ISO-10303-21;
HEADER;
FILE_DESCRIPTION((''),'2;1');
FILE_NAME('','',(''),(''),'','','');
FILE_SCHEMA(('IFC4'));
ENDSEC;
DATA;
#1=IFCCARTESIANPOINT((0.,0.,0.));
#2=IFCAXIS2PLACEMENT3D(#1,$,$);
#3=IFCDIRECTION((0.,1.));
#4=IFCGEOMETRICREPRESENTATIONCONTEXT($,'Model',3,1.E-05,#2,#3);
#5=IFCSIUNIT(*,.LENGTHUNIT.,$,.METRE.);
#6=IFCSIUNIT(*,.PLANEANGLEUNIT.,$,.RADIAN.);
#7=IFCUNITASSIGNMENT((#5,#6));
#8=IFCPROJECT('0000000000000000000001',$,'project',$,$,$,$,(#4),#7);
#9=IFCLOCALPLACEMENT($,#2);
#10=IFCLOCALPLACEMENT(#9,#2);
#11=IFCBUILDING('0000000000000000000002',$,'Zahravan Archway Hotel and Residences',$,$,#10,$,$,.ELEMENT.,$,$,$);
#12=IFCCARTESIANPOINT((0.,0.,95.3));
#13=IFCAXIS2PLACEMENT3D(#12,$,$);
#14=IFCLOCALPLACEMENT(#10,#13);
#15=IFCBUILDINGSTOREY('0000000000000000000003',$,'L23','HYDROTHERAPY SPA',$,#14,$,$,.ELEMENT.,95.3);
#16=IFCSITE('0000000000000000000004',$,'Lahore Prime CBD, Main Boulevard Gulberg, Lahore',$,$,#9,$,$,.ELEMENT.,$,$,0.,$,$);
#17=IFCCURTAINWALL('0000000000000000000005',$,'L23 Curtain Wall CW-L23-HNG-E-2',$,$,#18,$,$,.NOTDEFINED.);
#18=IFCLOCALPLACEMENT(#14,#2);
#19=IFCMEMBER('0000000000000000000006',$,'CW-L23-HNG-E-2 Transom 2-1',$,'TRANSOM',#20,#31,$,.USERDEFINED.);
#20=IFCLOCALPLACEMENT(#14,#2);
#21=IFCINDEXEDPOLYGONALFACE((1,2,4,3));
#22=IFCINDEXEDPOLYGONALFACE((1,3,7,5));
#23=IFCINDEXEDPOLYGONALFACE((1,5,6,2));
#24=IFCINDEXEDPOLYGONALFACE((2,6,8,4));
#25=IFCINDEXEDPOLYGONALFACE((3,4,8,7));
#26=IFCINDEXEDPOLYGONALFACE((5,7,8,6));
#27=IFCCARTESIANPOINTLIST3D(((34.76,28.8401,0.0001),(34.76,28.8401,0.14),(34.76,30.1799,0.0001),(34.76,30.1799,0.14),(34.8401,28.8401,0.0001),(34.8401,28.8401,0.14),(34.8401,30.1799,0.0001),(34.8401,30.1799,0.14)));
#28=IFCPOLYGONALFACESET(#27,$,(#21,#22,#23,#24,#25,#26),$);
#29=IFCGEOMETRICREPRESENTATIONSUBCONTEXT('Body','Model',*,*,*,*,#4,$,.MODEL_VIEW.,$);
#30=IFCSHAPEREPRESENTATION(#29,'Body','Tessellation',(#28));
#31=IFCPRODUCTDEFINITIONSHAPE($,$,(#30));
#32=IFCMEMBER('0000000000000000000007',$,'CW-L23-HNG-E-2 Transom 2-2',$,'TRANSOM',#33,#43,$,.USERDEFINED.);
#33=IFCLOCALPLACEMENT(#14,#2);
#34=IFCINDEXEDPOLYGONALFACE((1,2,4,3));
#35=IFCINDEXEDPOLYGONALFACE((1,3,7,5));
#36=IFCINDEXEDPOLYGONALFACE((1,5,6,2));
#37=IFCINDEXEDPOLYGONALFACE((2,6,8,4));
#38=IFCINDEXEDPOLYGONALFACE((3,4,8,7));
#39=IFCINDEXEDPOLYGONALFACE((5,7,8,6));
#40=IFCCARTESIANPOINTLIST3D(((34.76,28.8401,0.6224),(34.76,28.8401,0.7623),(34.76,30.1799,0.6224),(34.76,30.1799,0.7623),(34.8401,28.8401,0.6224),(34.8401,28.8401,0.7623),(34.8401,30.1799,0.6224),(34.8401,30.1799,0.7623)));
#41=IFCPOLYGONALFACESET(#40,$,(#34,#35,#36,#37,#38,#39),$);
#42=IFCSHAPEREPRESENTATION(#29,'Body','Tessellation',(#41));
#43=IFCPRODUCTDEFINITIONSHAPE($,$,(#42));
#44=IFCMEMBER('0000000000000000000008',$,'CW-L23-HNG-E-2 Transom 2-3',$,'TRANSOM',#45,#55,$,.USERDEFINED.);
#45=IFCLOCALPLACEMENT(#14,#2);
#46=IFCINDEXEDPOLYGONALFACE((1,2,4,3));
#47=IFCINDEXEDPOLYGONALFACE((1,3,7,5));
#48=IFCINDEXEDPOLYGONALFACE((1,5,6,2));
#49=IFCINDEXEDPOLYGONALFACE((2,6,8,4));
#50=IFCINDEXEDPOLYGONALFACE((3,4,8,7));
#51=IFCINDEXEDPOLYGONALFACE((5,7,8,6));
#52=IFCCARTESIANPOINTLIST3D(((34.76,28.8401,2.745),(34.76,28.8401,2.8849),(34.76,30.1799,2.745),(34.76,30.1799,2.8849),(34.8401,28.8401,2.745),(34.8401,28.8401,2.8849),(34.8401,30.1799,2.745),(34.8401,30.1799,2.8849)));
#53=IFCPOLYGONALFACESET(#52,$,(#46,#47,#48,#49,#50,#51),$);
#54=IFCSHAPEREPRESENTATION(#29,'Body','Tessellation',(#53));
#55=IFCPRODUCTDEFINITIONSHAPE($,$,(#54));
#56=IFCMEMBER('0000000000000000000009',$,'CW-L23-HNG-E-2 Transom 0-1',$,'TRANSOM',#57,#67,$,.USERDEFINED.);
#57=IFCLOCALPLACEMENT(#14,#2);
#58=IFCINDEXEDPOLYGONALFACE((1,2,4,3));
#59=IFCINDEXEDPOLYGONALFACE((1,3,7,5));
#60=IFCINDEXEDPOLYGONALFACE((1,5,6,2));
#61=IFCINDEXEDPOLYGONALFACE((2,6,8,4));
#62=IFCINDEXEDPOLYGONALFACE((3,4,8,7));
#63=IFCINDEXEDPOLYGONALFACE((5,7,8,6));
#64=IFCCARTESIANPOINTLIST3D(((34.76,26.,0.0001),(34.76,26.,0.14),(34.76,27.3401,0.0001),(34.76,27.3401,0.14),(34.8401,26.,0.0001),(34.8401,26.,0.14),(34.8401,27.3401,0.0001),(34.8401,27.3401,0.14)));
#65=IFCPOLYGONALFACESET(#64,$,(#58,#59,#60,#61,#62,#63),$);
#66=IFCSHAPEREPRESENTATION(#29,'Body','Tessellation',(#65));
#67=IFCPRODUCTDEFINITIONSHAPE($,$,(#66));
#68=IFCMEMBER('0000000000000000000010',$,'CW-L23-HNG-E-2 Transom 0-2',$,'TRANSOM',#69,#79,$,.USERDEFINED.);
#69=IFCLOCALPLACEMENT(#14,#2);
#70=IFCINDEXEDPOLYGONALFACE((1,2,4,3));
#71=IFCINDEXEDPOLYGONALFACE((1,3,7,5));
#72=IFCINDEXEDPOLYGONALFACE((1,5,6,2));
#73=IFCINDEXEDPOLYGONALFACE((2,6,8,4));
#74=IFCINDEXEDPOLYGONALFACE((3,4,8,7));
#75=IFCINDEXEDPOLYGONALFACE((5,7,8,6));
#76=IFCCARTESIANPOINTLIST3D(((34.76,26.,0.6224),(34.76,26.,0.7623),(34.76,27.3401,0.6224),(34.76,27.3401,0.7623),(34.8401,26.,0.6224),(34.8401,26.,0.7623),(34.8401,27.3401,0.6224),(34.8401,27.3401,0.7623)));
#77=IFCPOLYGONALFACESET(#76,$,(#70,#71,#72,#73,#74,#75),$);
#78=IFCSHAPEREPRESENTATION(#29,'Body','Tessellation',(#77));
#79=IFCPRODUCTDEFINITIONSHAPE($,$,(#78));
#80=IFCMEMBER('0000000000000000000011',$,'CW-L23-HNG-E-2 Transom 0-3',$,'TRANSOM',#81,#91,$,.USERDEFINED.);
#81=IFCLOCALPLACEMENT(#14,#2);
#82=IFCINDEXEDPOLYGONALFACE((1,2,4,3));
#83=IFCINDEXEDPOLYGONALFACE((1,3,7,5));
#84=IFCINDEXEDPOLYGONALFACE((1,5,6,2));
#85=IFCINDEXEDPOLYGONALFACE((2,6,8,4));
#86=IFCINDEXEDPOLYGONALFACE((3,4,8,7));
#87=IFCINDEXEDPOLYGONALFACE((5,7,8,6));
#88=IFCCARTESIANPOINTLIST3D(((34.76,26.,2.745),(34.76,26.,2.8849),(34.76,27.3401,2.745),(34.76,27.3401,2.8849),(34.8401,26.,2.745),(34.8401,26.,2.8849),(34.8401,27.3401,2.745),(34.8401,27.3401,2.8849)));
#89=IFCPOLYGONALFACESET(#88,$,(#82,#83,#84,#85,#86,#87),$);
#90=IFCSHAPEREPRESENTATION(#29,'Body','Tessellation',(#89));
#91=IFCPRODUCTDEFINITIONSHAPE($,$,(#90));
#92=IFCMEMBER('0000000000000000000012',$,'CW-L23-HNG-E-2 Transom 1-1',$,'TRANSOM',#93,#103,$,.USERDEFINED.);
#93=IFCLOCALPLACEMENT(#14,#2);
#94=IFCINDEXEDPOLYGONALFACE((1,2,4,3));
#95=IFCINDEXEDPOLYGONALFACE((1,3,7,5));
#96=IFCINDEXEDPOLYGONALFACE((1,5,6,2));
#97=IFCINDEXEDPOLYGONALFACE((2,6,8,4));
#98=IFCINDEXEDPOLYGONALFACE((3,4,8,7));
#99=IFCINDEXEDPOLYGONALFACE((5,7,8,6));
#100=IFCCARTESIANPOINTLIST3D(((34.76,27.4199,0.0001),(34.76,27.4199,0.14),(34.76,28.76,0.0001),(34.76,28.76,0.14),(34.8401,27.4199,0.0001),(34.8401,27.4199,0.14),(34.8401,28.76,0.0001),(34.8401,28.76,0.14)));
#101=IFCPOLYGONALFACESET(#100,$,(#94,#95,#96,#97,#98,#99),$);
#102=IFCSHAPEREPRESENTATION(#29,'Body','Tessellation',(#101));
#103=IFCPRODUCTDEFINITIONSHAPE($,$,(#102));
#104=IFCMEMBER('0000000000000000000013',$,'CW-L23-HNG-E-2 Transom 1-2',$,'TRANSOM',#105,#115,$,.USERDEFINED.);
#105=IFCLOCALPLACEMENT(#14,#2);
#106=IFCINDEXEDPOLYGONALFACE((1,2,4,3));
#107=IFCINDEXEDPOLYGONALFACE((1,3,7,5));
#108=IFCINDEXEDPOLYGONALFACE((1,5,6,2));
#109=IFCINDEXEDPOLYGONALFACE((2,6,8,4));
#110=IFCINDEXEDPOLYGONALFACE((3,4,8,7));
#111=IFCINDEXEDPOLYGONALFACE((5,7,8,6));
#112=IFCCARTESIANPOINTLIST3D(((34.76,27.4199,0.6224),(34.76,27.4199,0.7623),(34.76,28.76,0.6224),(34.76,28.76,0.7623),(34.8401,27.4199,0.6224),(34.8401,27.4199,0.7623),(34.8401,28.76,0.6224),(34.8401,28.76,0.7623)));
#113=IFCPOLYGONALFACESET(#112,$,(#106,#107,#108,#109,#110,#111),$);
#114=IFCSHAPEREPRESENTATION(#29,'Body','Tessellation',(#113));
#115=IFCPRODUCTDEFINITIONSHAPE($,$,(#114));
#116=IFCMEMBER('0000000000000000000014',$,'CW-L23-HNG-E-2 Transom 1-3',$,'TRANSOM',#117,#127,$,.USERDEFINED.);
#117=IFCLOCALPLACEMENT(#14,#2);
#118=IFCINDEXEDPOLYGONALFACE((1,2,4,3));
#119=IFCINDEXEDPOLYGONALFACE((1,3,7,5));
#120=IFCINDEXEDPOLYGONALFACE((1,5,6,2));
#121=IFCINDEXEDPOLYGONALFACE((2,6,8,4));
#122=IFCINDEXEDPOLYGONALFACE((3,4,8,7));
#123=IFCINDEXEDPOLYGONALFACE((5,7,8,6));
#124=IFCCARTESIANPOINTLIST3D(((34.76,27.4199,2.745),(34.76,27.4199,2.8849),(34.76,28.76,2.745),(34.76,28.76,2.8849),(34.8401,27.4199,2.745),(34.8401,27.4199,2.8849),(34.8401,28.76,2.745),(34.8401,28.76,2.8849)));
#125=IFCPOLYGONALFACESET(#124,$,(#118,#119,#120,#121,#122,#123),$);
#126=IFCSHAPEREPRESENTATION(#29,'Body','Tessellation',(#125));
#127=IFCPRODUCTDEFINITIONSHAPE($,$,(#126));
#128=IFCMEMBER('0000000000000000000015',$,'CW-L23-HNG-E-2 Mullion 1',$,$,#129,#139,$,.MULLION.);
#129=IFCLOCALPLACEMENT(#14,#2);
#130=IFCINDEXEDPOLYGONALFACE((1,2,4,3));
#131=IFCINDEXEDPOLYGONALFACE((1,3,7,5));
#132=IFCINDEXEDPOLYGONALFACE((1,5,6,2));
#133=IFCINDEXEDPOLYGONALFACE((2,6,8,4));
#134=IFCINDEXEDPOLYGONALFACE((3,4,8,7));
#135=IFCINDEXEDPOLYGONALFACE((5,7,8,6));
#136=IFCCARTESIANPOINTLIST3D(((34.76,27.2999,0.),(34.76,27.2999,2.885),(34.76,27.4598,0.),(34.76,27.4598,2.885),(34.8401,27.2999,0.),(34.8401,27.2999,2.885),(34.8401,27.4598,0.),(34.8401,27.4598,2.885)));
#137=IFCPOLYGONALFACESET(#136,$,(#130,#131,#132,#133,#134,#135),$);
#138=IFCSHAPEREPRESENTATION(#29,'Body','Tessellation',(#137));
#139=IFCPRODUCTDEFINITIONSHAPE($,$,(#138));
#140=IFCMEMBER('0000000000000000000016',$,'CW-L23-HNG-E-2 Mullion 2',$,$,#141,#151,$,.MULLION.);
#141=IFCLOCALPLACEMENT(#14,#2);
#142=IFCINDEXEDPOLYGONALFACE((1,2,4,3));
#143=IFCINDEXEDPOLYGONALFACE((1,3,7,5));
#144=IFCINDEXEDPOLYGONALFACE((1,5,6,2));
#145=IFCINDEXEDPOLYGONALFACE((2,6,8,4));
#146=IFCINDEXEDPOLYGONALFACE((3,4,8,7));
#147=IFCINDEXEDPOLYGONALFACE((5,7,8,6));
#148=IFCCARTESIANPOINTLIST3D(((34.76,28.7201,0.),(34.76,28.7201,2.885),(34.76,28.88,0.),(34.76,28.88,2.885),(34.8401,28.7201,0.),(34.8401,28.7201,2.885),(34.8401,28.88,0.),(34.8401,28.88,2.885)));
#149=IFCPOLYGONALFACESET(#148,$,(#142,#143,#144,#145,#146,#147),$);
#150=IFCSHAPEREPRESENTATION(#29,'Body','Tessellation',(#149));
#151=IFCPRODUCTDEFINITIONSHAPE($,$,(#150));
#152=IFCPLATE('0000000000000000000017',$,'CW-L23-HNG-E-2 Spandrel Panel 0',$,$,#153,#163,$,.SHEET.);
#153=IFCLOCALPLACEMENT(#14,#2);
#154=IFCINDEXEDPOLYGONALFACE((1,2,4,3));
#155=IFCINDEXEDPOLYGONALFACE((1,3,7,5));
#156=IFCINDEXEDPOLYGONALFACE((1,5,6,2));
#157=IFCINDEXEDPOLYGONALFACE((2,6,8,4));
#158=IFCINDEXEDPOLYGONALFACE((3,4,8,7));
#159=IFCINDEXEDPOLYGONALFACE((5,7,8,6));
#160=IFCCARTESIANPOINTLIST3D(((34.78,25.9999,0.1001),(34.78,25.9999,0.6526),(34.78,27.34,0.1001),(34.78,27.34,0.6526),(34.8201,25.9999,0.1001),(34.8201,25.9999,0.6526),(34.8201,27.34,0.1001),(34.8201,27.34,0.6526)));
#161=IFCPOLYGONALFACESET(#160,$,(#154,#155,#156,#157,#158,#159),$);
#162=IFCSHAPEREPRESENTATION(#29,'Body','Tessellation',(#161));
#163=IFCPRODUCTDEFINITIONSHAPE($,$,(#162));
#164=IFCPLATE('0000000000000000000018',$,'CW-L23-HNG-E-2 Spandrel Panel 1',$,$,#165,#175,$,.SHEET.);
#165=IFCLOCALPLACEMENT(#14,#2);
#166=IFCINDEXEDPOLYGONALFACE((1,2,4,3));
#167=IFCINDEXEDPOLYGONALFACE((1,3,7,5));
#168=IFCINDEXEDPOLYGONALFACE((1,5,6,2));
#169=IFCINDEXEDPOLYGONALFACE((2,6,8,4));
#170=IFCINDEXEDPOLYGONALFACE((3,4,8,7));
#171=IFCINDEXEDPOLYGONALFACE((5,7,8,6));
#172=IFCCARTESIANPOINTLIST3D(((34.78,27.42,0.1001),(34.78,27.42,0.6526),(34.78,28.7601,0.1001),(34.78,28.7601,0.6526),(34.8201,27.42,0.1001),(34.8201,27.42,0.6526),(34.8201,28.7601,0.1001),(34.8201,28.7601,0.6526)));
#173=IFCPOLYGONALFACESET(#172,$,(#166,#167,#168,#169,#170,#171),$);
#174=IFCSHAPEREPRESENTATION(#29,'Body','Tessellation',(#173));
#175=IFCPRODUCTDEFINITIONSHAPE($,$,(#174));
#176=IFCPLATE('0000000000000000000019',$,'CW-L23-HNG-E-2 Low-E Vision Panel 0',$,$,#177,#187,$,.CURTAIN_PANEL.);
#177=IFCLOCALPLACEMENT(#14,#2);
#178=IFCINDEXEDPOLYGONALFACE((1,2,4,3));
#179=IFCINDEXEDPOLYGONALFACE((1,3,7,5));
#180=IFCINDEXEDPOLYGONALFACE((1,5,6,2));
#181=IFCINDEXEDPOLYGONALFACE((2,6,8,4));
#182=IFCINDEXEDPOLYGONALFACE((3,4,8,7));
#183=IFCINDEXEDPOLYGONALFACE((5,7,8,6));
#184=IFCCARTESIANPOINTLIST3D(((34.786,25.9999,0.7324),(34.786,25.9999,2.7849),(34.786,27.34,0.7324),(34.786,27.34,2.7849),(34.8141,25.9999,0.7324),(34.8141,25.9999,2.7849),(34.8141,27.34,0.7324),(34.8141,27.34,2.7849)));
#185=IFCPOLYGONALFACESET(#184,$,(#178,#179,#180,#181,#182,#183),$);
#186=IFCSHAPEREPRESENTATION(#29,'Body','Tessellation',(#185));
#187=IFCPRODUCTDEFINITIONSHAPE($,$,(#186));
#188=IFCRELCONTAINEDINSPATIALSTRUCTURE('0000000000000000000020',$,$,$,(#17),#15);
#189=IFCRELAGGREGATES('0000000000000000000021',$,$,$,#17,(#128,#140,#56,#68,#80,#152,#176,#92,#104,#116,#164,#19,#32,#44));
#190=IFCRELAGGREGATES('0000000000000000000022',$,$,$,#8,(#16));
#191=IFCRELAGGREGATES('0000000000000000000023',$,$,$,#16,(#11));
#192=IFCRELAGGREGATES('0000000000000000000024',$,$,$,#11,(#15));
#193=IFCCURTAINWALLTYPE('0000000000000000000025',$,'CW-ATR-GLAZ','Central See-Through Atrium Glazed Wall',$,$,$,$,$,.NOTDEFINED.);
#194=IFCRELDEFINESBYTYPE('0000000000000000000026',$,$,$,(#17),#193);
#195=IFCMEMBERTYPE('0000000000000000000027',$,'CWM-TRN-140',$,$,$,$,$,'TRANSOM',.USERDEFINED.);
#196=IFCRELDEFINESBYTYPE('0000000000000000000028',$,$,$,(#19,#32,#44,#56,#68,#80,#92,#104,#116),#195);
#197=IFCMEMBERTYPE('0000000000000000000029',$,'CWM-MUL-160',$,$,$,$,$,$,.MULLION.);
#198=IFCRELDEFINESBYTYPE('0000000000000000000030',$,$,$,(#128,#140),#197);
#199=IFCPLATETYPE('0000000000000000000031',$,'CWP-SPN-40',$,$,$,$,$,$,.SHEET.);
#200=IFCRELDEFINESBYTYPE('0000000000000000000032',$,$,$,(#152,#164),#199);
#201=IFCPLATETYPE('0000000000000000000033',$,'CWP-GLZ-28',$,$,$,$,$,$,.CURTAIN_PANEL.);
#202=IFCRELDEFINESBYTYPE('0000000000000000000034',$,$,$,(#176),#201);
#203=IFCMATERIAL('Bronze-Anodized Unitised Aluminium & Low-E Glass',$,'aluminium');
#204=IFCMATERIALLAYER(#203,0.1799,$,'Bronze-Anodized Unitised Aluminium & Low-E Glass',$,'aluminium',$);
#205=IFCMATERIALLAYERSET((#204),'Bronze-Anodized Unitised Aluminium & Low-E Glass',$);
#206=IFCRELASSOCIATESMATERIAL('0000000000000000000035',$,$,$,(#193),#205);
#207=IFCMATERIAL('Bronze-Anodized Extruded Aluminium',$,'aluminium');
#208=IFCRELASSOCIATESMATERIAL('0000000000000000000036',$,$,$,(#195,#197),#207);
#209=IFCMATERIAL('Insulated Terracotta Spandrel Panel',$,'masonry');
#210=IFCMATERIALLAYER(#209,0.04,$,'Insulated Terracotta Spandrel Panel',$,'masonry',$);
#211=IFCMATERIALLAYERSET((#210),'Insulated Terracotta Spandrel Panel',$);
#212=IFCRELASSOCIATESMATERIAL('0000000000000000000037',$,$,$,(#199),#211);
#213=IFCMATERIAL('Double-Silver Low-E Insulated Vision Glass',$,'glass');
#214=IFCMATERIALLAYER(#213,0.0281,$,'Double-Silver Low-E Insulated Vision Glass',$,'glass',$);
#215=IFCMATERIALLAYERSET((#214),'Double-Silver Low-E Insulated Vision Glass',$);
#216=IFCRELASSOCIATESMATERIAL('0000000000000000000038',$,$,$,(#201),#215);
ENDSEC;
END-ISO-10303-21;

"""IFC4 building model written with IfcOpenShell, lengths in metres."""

from ifc_helpers import new_model, si_unit, direction, frame, origin, origin_2d, place, context, subcontext, project, spatial, rectangle, extrude, source, transform, mapped, material, layer, layer_set, material_profile, profile_set, type_object, element, aggregate, save


model = new_model("IFC4")

# Units and contexts
model_context = context("Model", 3, precision=1e-05, world=origin(), true_north=direction((0.0, 1.0)))
body_context = subcontext(model_context, "Body", "Model", "MODEL_VIEW")
ifc_project = project(units=[si_unit("LENGTHUNIT", "METRE"), si_unit("PLANEANGLEUNIT", "RADIAN")], contexts=[model_context])

# Site, building, storey
site_placement = place(None, origin())
site = spatial("IfcSite", under=ifc_project, at=site_placement, Name="Lahore Prime CBD, Main Boulevard Gulberg, Lahore", CompositionType="ELEMENT", RefElevation=0.0)
building_placement = place(site_placement, origin())
building = spatial("IfcBuilding", under=site, at=building_placement, Name="Zahravan Archway Hotel and Residences", CompositionType="ELEMENT")
storey_placement = place(building_placement, frame((0.0, 0.0, 95.3)))
storey = spatial("IfcBuildingStorey", under=building, at=storey_placement, Name="L23", Description="HYDROTHERAPY SPA", CompositionType="ELEMENT", Elevation=95.3)

# Curtain wall, members, plates
ifc_material_1 = material(Name="Bronze-Anodized Unitised Aluminium & Low-E Glass", Category="aluminium")
ifc_layer_1 = layer(ifc_material_1, 0.1799, Name="Bronze-Anodized Unitised Aluminium & Low-E Glass", Category="aluminium")
ifc_layer_set_1 = layer_set([ifc_layer_1], Name="Bronze-Anodized Unitised Aluminium & Low-E Glass")
curtain_wall_type = type_object("IfcCurtainWallType", Name="CW-ATR-GLAZ", Description="Central See-Through Atrium Glazed Wall", PredefinedType="NOTDEFINED", material=ifc_layer_set_1)
curtain_wall_placement = place(storey_placement, origin())
curtain_wall = element("IfcCurtainWall", 1, at=curtain_wall_placement, inside=storey, type_object=curtain_wall_type, Name="L23 Curtain Wall CW-L23-HNG-E-2", PredefinedType="NOTDEFINED")
ifc_material_2 = material(Name="Bronze-Anodized Extruded Aluminium", Category="aluminium")
ifc_material_profile_1 = material_profile(ifc_material_2, rectangle(XDim=0.0801, YDim=0.1399, at=origin_2d()), Name="TRN 80x140", Category="aluminium")
ifc_profile_set_1 = profile_set([ifc_material_profile_1], Name="Bronze-Anodized Extruded Aluminium")
member_type_1 = type_object("IfcMemberType", Name="CWM-TRN-140", ElementType="TRANSOM", PredefinedType="USERDEFINED", material=ifc_profile_set_1)
shared_shape_1 = source(origin(), body_context, "Body", "SweptSolid", [
    extrude(rectangle(XDim=0.0801, YDim=0.1399, at=origin_2d()), origin(), (0.0, 0.0, 1.0), 1.3398),
])
member_1_placement = place(storey_placement, frame((34.8, 28.8401, 0.0701), z_axis=(0.0, 1.0, 0.0), x_axis=(-1.0, 0.0, 0.0)))
member_1 = element("IfcMember", 2, at=member_1_placement, type_object=member_type_1, Name="CW-L23-HNG-E-2 Transom 2-1", ObjectType="TRANSOM", PredefinedType="USERDEFINED", context=body_context, shape_type="MappedRepresentation", body=[
    mapped(shared_shape_1, transform((0.0, 0.0, 0.0), scale=1.0)),
])
member_2_placement = place(storey_placement, frame((34.8, 28.8401, 0.6924), z_axis=(0.0, 1.0, 0.0), x_axis=(-1.0, 0.0, 0.0)))
member_2 = element("IfcMember", 3, at=member_2_placement, type_object=member_type_1, Name="CW-L23-HNG-E-2 Transom 2-2", ObjectType="TRANSOM", PredefinedType="USERDEFINED", context=body_context, shape_type="MappedRepresentation", body=[
    mapped(shared_shape_1, transform((0.0, 0.0, 0.0), scale=1.0)),
])
member_3_placement = place(storey_placement, frame((34.8, 28.8401, 2.8149), z_axis=(0.0, 1.0, 0.0), x_axis=(-1.0, 0.0, 0.0)))
member_3 = element("IfcMember", 4, at=member_3_placement, type_object=member_type_1, Name="CW-L23-HNG-E-2 Transom 2-3", ObjectType="TRANSOM", PredefinedType="USERDEFINED", context=body_context, shape_type="MappedRepresentation", body=[
    mapped(shared_shape_1, transform((0.0, 0.0, 0.0), scale=1.0)),
])
shared_shape_2 = source(origin(), body_context, "Body", "SweptSolid", [
    extrude(rectangle(XDim=0.0801, YDim=0.1399, at=origin_2d()), origin(), (0.0, 0.0, 1.0), 1.3401),
])
member_4_placement = place(storey_placement, frame((34.8, 26.0, 0.0701), z_axis=(0.0, 1.0, 0.0), x_axis=(-1.0, 0.0, 0.0)))
member_4 = element("IfcMember", 5, at=member_4_placement, type_object=member_type_1, Name="CW-L23-HNG-E-2 Transom 0-1", ObjectType="TRANSOM", PredefinedType="USERDEFINED", context=body_context, shape_type="MappedRepresentation", body=[
    mapped(shared_shape_2, transform((0.0, 0.0, 0.0), scale=1.0)),
])
member_5_placement = place(storey_placement, frame((34.8, 26.0, 0.6924), z_axis=(0.0, 1.0, 0.0), x_axis=(-1.0, 0.0, 0.0)))
member_5 = element("IfcMember", 6, at=member_5_placement, type_object=member_type_1, Name="CW-L23-HNG-E-2 Transom 0-2", ObjectType="TRANSOM", PredefinedType="USERDEFINED", context=body_context, shape_type="MappedRepresentation", body=[
    mapped(shared_shape_2, transform((0.0, 0.0, 0.0), scale=1.0)),
])
member_6_placement = place(storey_placement, frame((34.8, 26.0, 2.8149), z_axis=(0.0, 1.0, 0.0), x_axis=(-1.0, 0.0, 0.0)))
member_6 = element("IfcMember", 7, at=member_6_placement, type_object=member_type_1, Name="CW-L23-HNG-E-2 Transom 0-3", ObjectType="TRANSOM", PredefinedType="USERDEFINED", context=body_context, shape_type="MappedRepresentation", body=[
    mapped(shared_shape_2, transform((0.0, 0.0, 0.0), scale=1.0)),
])
member_7_placement = place(storey_placement, frame((34.8, 27.4199, 0.0701), z_axis=(0.0, 1.0, 0.0), x_axis=(-1.0, 0.0, 0.0)))
member_7 = element("IfcMember", 8, at=member_7_placement, type_object=member_type_1, Name="CW-L23-HNG-E-2 Transom 1-1", ObjectType="TRANSOM", PredefinedType="USERDEFINED", context=body_context, shape_type="MappedRepresentation", body=[
    mapped(shared_shape_2, transform((0.0, 0.0, 0.0), scale=1.0)),
])
member_8_placement = place(storey_placement, frame((34.8, 27.4199, 0.6924), z_axis=(0.0, 1.0, 0.0), x_axis=(-1.0, 0.0, 0.0)))
member_8 = element("IfcMember", 9, at=member_8_placement, type_object=member_type_1, Name="CW-L23-HNG-E-2 Transom 1-2", ObjectType="TRANSOM", PredefinedType="USERDEFINED", context=body_context, shape_type="MappedRepresentation", body=[
    mapped(shared_shape_2, transform((0.0, 0.0, 0.0), scale=1.0)),
])
member_9_placement = place(storey_placement, frame((34.8, 27.4199, 2.8149), z_axis=(0.0, 1.0, 0.0), x_axis=(-1.0, 0.0, 0.0)))
member_9 = element("IfcMember", 10, at=member_9_placement, type_object=member_type_1, Name="CW-L23-HNG-E-2 Transom 1-3", ObjectType="TRANSOM", PredefinedType="USERDEFINED", context=body_context, shape_type="MappedRepresentation", body=[
    mapped(shared_shape_2, transform((0.0, 0.0, 0.0), scale=1.0)),
])
ifc_material_profile_2 = material_profile(ifc_material_2, rectangle(XDim=0.0801, YDim=0.1599, at=origin_2d()), Name="MUL 80x160", Category="aluminium")
ifc_profile_set_2 = profile_set([ifc_material_profile_2], Name="Bronze-Anodized Extruded Aluminium")
member_type_2 = type_object("IfcMemberType", Name="CWM-MUL-160", PredefinedType="MULLION", material=ifc_profile_set_2)
shared_shape_3 = source(origin(), body_context, "Body", "SweptSolid", [
    extrude(rectangle(XDim=0.0801, YDim=0.1599, at=origin_2d()), origin(), (0.0, 0.0, 1.0), 2.885),
])
member_10_placement = place(storey_placement, frame((34.8, 27.3799, 0.0), z_axis=(0.0, 0.0, 1.0), x_axis=(1.0, 0.0, 0.0)))
member_10 = element("IfcMember", 11, at=member_10_placement, type_object=member_type_2, Name="CW-L23-HNG-E-2 Mullion 1", PredefinedType="MULLION", context=body_context, shape_type="MappedRepresentation", body=[
    mapped(shared_shape_3, transform((0.0, 0.0, 0.0), scale=1.0)),
])
member_11_placement = place(storey_placement, frame((34.8, 28.8, 0.0), z_axis=(0.0, 0.0, 1.0), x_axis=(1.0, 0.0, 0.0)))
member_11 = element("IfcMember", 12, at=member_11_placement, type_object=member_type_2, Name="CW-L23-HNG-E-2 Mullion 2", PredefinedType="MULLION", context=body_context, shape_type="MappedRepresentation", body=[
    mapped(shared_shape_3, transform((0.0, 0.0, 0.0), scale=1.0)),
])
ifc_material_3 = material(Name="Insulated Terracotta Spandrel Panel", Category="masonry")
ifc_layer_2 = layer(ifc_material_3, 0.04, Name="Insulated Terracotta Spandrel Panel", Category="masonry")
ifc_layer_set_2 = layer_set([ifc_layer_2], Name="Insulated Terracotta Spandrel Panel")
plate_type_1 = type_object("IfcPlateType", Name="CWP-SPN-40", PredefinedType="SHEET", material=ifc_layer_set_2)
shared_shape_4 = source(origin(), body_context, "Body", "SweptSolid", [
    extrude(rectangle(XDim=1.3401, YDim=0.04, at=origin_2d()), origin(), (0.0, 0.0, 1.0), 0.5525),
])
plate_1_placement = place(storey_placement, frame((34.8, 26.6699, 0.1001), z_axis=(0.0, 0.0, 1.0), x_axis=(0.0, 1.0, 0.0)))
plate_1 = element("IfcPlate", 13, at=plate_1_placement, type_object=plate_type_1, Name="CW-L23-HNG-E-2 Spandrel Panel 0", PredefinedType="SHEET", context=body_context, shape_type="MappedRepresentation", body=[
    mapped(shared_shape_4, transform((0.0, 0.0, 0.0), scale=1.0)),
])
plate_2_placement = place(storey_placement, frame((34.8, 28.0901, 0.1001), z_axis=(0.0, 0.0, 1.0), x_axis=(0.0, 1.0, 0.0)))
plate_2 = element("IfcPlate", 14, at=plate_2_placement, type_object=plate_type_1, Name="CW-L23-HNG-E-2 Spandrel Panel 1", PredefinedType="SHEET", context=body_context, shape_type="MappedRepresentation", body=[
    mapped(shared_shape_4, transform((0.0, 0.0, 0.0), scale=1.0)),
])
ifc_material_4 = material(Name="Double-Silver Low-E Insulated Vision Glass", Category="glass")
ifc_layer_3 = layer(ifc_material_4, 0.0281, Name="Double-Silver Low-E Insulated Vision Glass", Category="glass")
ifc_layer_set_3 = layer_set([ifc_layer_3], Name="Double-Silver Low-E Insulated Vision Glass")
plate_type_2 = type_object("IfcPlateType", Name="CWP-GLZ-28", PredefinedType="CURTAIN_PANEL", material=ifc_layer_set_3)
shared_shape_5 = source(origin(), body_context, "Body", "SweptSolid", [
    extrude(rectangle(XDim=1.3401, YDim=0.0281, at=origin_2d()), origin(), (0.0, 0.0, 1.0), 2.0525),
])
plate_3_placement = place(storey_placement, frame((34.8, 26.6699, 0.7324), z_axis=(0.0, 0.0, 1.0), x_axis=(0.0, 1.0, 0.0)))
plate_3 = element("IfcPlate", 15, at=plate_3_placement, type_object=plate_type_2, Name="CW-L23-HNG-E-2 Low-E Vision Panel 0", PredefinedType="CURTAIN_PANEL", context=body_context, shape_type="MappedRepresentation", body=[
    mapped(shared_shape_5, transform((0.0, 0.0, 0.0), scale=1.0)),
])
aggregate(curtain_wall, [member_10, member_11, member_4, member_5, member_6, plate_1, plate_3, member_7, member_8, member_9, plate_2, member_1, member_2, member_3])

save(model, "model.ifc")
